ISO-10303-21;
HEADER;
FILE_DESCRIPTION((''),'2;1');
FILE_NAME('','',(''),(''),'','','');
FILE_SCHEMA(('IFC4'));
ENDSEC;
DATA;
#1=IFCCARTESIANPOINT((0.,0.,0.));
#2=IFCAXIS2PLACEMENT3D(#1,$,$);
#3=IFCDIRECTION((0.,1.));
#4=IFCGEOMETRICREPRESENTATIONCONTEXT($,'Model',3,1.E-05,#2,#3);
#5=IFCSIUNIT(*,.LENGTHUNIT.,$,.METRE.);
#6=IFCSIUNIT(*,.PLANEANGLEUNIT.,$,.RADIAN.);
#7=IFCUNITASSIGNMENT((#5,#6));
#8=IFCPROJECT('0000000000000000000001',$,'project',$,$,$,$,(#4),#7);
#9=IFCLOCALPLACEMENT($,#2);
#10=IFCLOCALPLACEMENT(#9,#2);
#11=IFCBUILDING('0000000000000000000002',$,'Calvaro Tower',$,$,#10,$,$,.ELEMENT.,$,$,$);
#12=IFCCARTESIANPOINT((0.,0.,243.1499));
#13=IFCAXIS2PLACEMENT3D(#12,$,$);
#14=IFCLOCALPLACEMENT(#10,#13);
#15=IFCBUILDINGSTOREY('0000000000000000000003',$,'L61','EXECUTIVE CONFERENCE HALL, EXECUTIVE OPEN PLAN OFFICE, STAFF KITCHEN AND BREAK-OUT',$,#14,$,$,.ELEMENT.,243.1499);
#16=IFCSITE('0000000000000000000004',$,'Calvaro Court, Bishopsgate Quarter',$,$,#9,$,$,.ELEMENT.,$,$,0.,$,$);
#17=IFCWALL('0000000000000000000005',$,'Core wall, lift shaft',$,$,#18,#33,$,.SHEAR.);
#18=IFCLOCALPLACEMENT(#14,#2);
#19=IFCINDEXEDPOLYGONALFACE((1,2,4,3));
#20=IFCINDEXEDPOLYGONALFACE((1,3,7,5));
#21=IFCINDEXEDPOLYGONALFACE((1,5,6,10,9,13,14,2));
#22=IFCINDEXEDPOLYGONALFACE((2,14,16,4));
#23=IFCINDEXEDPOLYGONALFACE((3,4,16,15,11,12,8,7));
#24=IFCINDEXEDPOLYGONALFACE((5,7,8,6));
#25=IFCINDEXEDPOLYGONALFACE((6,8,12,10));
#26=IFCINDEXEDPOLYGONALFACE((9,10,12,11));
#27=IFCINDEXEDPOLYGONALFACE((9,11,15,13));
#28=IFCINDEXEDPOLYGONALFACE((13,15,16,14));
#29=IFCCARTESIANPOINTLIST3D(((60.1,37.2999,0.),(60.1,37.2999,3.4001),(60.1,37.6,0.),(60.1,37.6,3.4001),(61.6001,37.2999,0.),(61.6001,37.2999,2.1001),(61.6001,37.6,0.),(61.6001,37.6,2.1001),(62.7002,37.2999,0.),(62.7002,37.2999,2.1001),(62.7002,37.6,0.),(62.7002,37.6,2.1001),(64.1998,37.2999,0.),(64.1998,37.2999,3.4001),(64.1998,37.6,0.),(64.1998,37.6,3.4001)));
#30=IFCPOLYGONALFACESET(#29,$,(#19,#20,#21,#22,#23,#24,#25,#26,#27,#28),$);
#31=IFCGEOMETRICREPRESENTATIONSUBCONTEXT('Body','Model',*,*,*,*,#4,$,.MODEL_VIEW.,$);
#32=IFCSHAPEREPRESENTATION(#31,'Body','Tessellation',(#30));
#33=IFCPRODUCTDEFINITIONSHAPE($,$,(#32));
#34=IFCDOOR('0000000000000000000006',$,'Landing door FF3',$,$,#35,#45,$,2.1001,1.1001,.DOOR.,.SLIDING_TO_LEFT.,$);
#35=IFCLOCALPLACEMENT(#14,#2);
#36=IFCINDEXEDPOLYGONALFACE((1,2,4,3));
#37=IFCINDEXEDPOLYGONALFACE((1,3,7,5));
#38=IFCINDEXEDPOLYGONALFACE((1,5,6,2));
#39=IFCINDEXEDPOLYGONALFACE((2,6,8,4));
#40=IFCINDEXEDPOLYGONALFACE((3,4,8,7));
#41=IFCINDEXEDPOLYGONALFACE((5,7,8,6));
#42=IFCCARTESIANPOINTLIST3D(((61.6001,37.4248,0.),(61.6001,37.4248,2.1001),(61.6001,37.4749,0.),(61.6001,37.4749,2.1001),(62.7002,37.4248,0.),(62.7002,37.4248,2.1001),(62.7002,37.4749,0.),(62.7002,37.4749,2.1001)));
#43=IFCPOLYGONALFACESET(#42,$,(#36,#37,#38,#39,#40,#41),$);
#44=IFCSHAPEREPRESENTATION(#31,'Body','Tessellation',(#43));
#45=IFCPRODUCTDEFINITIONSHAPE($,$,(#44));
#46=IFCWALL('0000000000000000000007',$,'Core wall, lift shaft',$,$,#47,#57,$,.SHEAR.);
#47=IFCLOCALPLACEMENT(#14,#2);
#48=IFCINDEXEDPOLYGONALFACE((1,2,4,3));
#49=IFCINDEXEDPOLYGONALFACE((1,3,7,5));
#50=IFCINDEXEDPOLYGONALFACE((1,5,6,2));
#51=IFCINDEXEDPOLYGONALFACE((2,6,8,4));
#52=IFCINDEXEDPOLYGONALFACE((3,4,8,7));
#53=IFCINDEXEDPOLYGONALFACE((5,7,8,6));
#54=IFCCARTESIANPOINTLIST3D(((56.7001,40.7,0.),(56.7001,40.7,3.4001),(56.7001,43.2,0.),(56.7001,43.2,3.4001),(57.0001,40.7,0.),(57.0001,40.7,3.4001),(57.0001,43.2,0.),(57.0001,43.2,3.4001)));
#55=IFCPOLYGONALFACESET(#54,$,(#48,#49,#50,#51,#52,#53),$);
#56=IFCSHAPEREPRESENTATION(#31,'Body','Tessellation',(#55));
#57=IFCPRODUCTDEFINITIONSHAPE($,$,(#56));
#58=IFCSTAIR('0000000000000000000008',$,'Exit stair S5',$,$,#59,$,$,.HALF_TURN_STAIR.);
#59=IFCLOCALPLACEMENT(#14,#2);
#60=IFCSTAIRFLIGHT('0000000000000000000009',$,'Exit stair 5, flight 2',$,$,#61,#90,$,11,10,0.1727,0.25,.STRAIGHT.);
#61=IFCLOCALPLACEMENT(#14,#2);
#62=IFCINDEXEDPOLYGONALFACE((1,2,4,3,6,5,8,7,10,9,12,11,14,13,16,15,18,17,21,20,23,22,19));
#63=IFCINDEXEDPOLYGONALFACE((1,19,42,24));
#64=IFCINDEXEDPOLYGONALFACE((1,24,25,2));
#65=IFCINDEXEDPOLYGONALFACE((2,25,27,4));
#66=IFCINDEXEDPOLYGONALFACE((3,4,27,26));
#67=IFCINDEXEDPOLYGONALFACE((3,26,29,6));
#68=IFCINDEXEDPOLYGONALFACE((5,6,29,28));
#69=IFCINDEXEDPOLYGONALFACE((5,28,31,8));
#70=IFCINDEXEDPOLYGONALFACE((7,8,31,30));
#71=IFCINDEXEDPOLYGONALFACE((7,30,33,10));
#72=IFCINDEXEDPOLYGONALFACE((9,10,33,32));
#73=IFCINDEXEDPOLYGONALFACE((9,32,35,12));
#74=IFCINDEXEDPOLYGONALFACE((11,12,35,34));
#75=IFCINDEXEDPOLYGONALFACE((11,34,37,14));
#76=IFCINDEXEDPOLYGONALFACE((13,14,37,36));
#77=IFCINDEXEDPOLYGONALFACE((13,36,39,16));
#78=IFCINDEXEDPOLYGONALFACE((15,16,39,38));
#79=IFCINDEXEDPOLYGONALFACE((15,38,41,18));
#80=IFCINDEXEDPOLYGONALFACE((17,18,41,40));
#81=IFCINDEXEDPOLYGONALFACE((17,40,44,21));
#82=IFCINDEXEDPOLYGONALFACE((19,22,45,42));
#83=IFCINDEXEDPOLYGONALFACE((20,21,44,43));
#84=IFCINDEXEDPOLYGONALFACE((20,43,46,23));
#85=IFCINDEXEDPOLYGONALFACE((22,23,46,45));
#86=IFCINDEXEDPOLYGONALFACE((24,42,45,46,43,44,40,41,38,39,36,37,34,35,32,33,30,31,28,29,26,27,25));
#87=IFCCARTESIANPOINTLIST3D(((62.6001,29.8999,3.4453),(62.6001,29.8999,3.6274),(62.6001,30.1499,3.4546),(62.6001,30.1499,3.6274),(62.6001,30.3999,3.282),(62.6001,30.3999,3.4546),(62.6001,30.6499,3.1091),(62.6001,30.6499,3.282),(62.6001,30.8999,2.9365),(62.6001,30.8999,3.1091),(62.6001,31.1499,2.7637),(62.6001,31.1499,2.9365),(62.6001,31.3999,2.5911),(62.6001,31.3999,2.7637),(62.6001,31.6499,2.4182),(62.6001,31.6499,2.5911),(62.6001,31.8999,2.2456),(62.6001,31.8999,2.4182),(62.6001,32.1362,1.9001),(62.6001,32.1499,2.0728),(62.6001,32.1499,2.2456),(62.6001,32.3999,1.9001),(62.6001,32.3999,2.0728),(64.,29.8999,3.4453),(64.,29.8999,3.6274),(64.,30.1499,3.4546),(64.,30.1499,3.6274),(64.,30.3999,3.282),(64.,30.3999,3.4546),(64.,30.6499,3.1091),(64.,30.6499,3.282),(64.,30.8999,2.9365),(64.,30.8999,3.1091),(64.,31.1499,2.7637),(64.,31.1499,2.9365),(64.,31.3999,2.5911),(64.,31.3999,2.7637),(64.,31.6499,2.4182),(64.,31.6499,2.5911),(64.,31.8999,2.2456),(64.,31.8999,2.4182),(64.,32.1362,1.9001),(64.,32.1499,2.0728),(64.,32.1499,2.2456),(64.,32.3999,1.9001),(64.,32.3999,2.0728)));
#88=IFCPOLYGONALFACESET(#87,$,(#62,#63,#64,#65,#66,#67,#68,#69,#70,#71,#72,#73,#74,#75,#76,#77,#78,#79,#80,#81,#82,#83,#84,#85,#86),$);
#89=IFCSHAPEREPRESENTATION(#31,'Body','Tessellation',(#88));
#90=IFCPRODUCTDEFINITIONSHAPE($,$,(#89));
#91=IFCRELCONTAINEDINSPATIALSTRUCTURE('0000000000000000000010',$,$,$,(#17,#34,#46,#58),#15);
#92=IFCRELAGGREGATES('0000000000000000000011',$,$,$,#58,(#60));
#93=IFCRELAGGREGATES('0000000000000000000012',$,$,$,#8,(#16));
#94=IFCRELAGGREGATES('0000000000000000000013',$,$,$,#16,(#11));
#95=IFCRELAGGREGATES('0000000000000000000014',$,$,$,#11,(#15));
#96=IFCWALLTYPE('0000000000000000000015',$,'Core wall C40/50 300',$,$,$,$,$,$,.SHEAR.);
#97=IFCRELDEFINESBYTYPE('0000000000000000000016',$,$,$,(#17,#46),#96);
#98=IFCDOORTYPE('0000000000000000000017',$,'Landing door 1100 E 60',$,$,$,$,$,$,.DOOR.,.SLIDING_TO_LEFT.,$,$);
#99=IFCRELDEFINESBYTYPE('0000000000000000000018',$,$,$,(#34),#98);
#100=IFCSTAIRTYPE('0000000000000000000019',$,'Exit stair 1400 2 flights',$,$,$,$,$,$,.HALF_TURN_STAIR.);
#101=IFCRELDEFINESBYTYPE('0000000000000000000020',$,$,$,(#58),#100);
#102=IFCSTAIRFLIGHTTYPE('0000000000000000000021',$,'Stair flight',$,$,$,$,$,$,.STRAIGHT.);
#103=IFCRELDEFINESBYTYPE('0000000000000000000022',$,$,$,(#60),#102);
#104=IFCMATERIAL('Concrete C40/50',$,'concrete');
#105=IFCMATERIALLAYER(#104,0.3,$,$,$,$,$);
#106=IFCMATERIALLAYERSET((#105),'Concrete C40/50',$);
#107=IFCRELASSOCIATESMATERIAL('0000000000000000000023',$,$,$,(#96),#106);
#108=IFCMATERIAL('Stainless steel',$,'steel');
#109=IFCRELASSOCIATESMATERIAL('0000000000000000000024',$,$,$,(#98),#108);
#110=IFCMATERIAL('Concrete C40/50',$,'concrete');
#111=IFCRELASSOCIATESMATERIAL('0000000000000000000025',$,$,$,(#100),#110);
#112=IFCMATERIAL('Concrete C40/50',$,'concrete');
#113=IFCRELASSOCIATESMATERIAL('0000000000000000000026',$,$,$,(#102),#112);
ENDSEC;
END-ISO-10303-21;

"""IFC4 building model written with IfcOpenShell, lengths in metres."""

from ifc_helpers import new_model, si_unit, direction, frame, frame_2d, origin, place, context, subcontext, project, spatial, polyline, rectangle, outline, extrude, material, layer, layer_set, type_object, element, fill, aggregate, save


model = new_model("IFC4")

# Units and contexts
model_context = context("Model", 3, precision=1e-05, world=origin(), true_north=direction((0.0, 1.0)))
body_context = subcontext(model_context, "Body", "Model", "MODEL_VIEW")
ifc_project = project(units=[si_unit("LENGTHUNIT", "METRE"), si_unit("PLANEANGLEUNIT", "RADIAN")], contexts=[model_context])

# Site, building, storey
site_placement = place(None, origin())
site = spatial("IfcSite", under=ifc_project, at=site_placement, Name="Calvaro Court, Bishopsgate Quarter", CompositionType="ELEMENT", RefElevation=0.0)
building_placement = place(site_placement, origin())
building = spatial("IfcBuilding", under=site, at=building_placement, Name="Calvaro Tower", CompositionType="ELEMENT")
storey_placement = place(building_placement, frame((0.0, 0.0, 243.1499)))
storey = spatial("IfcBuildingStorey", under=building, at=storey_placement, Name="L61", Description="EXECUTIVE CONFERENCE HALL, EXECUTIVE OPEN PLAN OFFICE, STAFF KITCHEN AND BREAK-OUT", CompositionType="ELEMENT", Elevation=243.1499)

# Shared definitions
ifc_material_1 = material(Name="Concrete C40/50", Category="concrete")
ifc_layer_1 = layer(ifc_material_1, 0.3)
ifc_layer_set_1 = layer_set([ifc_layer_1], Name="Concrete C40/50")
wall_type_1 = type_object("IfcWallType", Name="Core wall C40/50 300", PredefinedType="SHEAR", material=ifc_layer_set_1)

# Wall, opening, door
wall_1_placement = place(storey_placement, frame((60.1001, 37.45, 0.0), z_axis=(0.0, 0.0, 1.0), x_axis=(1.0, 0.0, 0.0)))
wall_1 = element("IfcWall", 1, at=wall_1_placement, inside=storey, type_object=wall_type_1, Name="Core wall, lift shaft", PredefinedType="SHEAR", context=body_context, shape_type="SweptSolid", body=[
    extrude(rectangle(XDim=4.0999, YDim=0.3, at=frame_2d((2.0498, 0.0))), origin(), (0.0, 0.0, 1.0), 3.4001),
])
opening_1_placement = place(wall_1_placement, frame((1.5, 0.0, 0.0)))
opening_1 = element("IfcOpeningElement", 2, at=opening_1_placement, cuts=wall_1, PredefinedType="OPENING", context=body_context, shape_type="SweptSolid", body=[
    extrude(rectangle(XDim=1.1001, YDim=2.1001, at=frame_2d((0.55, 1.05))), frame((0.0, 0.1599, 0.0), z_axis=(0.0, -1.0, 0.0), x_axis=(1.0, 0.0, 0.0)), (0.0, 0.0, 1.0), 0.3201),
])
ifc_material_2 = material(Name="Stainless steel", Category="steel")
door_type_1 = type_object("IfcDoorType", Name="Landing door 1100 E 60", OperationType="SLIDING_TO_LEFT", PredefinedType="DOOR", material=ifc_material_2)
door_1_placement = place(opening_1_placement, origin())
door_1 = element("IfcDoor", 3, at=door_1_placement, inside=storey, type_object=door_type_1, Name="Landing door FF3", OperationType="SLIDING_TO_LEFT", OverallHeight=2.1001, OverallWidth=1.1001, PredefinedType="DOOR", context=body_context, shape_type="SweptSolid", body=[
    extrude(rectangle(XDim=1.1001, YDim=2.1001, at=frame_2d((0.55, 1.05))), frame((0.0, 0.0249, 0.0), z_axis=(0.0, -1.0, 0.0), x_axis=(1.0, 0.0, 0.0)), (0.0, 0.0, 1.0), 0.05),
])
fill(opening_1, door_1)

# Wall
wall_2_placement = place(storey_placement, frame((56.8501, 40.7, 0.0), z_axis=(0.0, 0.0, 1.0), x_axis=(0.0, 1.0, 0.0)))
element("IfcWall", 4, at=wall_2_placement, inside=storey, type_object=wall_type_1, Name="Core wall, lift shaft", PredefinedType="SHEAR", context=body_context, shape_type="SweptSolid", body=[
    extrude(rectangle(XDim=2.5, YDim=0.3, at=frame_2d((1.25, 0.0))), origin(), (0.0, 0.0, 1.0), 3.4001),
])

# Stair, stair flight
ifc_material_3 = material(Name="Concrete C40/50", Category="concrete")
stair_type = type_object("IfcStairType", Name="Exit stair 1400 2 flights", PredefinedType="HALF_TURN_STAIR", material=ifc_material_3)
stair_placement = place(storey_placement, origin())
stair = element("IfcStair", 5, at=stair_placement, inside=storey, type_object=stair_type, Name="Exit stair S5", PredefinedType="HALF_TURN_STAIR")
ifc_material_4 = material(Name="Concrete C40/50", Category="concrete")
stair_flight_type = type_object("IfcStairFlightType", Name="Stair flight", PredefinedType="STRAIGHT", material=ifc_material_4)
stair_flight_placement = place(storey_placement, frame((63.3, 32.3999, 1.9001), z_axis=(0.0, 0.0, 1.0), x_axis=(0.0, -1.0, 0.0)))
stair_flight = element("IfcStairFlight", 6, at=stair_flight_placement, type_object=stair_flight_type, Name="Exit stair 5, flight 2", NumberOfRisers=11, NumberOfTreads=10, PredefinedType="STRAIGHT", RiserHeight=0.1727, TreadLength=0.25, context=body_context, shape_type="SweptSolid", body=[
    extrude(outline(polyline([(0.0, 0.0), (0.0, 0.1726), (0.25, 0.1726), (0.25, 0.3455), (0.5, 0.3455), (0.5, 0.5181), (0.75, 0.5181), (0.75, 0.6909), (1.0, 0.6909), (1.0, 0.8635), (1.25, 0.8635), (1.25, 1.0364), (1.5, 1.0364), (1.5, 1.209), (1.75, 1.209), (1.75, 1.3818), (2.0, 1.3818), (2.0, 1.5544), (2.25, 1.5544), (2.25, 1.7273), (2.5, 1.7273), (2.5, 1.8999), (2.5, 1.5452), (0.2637, 0.0), (0.0, 0.0)])), frame((0.0, 0.7, 0.0), z_axis=(0.0, -1.0, 0.0), x_axis=(1.0, 0.0, 0.0)), (0.0, 0.0, 1.0), 1.3999),
])
aggregate(stair, [stair_flight])

save(model, "model.ifc")
